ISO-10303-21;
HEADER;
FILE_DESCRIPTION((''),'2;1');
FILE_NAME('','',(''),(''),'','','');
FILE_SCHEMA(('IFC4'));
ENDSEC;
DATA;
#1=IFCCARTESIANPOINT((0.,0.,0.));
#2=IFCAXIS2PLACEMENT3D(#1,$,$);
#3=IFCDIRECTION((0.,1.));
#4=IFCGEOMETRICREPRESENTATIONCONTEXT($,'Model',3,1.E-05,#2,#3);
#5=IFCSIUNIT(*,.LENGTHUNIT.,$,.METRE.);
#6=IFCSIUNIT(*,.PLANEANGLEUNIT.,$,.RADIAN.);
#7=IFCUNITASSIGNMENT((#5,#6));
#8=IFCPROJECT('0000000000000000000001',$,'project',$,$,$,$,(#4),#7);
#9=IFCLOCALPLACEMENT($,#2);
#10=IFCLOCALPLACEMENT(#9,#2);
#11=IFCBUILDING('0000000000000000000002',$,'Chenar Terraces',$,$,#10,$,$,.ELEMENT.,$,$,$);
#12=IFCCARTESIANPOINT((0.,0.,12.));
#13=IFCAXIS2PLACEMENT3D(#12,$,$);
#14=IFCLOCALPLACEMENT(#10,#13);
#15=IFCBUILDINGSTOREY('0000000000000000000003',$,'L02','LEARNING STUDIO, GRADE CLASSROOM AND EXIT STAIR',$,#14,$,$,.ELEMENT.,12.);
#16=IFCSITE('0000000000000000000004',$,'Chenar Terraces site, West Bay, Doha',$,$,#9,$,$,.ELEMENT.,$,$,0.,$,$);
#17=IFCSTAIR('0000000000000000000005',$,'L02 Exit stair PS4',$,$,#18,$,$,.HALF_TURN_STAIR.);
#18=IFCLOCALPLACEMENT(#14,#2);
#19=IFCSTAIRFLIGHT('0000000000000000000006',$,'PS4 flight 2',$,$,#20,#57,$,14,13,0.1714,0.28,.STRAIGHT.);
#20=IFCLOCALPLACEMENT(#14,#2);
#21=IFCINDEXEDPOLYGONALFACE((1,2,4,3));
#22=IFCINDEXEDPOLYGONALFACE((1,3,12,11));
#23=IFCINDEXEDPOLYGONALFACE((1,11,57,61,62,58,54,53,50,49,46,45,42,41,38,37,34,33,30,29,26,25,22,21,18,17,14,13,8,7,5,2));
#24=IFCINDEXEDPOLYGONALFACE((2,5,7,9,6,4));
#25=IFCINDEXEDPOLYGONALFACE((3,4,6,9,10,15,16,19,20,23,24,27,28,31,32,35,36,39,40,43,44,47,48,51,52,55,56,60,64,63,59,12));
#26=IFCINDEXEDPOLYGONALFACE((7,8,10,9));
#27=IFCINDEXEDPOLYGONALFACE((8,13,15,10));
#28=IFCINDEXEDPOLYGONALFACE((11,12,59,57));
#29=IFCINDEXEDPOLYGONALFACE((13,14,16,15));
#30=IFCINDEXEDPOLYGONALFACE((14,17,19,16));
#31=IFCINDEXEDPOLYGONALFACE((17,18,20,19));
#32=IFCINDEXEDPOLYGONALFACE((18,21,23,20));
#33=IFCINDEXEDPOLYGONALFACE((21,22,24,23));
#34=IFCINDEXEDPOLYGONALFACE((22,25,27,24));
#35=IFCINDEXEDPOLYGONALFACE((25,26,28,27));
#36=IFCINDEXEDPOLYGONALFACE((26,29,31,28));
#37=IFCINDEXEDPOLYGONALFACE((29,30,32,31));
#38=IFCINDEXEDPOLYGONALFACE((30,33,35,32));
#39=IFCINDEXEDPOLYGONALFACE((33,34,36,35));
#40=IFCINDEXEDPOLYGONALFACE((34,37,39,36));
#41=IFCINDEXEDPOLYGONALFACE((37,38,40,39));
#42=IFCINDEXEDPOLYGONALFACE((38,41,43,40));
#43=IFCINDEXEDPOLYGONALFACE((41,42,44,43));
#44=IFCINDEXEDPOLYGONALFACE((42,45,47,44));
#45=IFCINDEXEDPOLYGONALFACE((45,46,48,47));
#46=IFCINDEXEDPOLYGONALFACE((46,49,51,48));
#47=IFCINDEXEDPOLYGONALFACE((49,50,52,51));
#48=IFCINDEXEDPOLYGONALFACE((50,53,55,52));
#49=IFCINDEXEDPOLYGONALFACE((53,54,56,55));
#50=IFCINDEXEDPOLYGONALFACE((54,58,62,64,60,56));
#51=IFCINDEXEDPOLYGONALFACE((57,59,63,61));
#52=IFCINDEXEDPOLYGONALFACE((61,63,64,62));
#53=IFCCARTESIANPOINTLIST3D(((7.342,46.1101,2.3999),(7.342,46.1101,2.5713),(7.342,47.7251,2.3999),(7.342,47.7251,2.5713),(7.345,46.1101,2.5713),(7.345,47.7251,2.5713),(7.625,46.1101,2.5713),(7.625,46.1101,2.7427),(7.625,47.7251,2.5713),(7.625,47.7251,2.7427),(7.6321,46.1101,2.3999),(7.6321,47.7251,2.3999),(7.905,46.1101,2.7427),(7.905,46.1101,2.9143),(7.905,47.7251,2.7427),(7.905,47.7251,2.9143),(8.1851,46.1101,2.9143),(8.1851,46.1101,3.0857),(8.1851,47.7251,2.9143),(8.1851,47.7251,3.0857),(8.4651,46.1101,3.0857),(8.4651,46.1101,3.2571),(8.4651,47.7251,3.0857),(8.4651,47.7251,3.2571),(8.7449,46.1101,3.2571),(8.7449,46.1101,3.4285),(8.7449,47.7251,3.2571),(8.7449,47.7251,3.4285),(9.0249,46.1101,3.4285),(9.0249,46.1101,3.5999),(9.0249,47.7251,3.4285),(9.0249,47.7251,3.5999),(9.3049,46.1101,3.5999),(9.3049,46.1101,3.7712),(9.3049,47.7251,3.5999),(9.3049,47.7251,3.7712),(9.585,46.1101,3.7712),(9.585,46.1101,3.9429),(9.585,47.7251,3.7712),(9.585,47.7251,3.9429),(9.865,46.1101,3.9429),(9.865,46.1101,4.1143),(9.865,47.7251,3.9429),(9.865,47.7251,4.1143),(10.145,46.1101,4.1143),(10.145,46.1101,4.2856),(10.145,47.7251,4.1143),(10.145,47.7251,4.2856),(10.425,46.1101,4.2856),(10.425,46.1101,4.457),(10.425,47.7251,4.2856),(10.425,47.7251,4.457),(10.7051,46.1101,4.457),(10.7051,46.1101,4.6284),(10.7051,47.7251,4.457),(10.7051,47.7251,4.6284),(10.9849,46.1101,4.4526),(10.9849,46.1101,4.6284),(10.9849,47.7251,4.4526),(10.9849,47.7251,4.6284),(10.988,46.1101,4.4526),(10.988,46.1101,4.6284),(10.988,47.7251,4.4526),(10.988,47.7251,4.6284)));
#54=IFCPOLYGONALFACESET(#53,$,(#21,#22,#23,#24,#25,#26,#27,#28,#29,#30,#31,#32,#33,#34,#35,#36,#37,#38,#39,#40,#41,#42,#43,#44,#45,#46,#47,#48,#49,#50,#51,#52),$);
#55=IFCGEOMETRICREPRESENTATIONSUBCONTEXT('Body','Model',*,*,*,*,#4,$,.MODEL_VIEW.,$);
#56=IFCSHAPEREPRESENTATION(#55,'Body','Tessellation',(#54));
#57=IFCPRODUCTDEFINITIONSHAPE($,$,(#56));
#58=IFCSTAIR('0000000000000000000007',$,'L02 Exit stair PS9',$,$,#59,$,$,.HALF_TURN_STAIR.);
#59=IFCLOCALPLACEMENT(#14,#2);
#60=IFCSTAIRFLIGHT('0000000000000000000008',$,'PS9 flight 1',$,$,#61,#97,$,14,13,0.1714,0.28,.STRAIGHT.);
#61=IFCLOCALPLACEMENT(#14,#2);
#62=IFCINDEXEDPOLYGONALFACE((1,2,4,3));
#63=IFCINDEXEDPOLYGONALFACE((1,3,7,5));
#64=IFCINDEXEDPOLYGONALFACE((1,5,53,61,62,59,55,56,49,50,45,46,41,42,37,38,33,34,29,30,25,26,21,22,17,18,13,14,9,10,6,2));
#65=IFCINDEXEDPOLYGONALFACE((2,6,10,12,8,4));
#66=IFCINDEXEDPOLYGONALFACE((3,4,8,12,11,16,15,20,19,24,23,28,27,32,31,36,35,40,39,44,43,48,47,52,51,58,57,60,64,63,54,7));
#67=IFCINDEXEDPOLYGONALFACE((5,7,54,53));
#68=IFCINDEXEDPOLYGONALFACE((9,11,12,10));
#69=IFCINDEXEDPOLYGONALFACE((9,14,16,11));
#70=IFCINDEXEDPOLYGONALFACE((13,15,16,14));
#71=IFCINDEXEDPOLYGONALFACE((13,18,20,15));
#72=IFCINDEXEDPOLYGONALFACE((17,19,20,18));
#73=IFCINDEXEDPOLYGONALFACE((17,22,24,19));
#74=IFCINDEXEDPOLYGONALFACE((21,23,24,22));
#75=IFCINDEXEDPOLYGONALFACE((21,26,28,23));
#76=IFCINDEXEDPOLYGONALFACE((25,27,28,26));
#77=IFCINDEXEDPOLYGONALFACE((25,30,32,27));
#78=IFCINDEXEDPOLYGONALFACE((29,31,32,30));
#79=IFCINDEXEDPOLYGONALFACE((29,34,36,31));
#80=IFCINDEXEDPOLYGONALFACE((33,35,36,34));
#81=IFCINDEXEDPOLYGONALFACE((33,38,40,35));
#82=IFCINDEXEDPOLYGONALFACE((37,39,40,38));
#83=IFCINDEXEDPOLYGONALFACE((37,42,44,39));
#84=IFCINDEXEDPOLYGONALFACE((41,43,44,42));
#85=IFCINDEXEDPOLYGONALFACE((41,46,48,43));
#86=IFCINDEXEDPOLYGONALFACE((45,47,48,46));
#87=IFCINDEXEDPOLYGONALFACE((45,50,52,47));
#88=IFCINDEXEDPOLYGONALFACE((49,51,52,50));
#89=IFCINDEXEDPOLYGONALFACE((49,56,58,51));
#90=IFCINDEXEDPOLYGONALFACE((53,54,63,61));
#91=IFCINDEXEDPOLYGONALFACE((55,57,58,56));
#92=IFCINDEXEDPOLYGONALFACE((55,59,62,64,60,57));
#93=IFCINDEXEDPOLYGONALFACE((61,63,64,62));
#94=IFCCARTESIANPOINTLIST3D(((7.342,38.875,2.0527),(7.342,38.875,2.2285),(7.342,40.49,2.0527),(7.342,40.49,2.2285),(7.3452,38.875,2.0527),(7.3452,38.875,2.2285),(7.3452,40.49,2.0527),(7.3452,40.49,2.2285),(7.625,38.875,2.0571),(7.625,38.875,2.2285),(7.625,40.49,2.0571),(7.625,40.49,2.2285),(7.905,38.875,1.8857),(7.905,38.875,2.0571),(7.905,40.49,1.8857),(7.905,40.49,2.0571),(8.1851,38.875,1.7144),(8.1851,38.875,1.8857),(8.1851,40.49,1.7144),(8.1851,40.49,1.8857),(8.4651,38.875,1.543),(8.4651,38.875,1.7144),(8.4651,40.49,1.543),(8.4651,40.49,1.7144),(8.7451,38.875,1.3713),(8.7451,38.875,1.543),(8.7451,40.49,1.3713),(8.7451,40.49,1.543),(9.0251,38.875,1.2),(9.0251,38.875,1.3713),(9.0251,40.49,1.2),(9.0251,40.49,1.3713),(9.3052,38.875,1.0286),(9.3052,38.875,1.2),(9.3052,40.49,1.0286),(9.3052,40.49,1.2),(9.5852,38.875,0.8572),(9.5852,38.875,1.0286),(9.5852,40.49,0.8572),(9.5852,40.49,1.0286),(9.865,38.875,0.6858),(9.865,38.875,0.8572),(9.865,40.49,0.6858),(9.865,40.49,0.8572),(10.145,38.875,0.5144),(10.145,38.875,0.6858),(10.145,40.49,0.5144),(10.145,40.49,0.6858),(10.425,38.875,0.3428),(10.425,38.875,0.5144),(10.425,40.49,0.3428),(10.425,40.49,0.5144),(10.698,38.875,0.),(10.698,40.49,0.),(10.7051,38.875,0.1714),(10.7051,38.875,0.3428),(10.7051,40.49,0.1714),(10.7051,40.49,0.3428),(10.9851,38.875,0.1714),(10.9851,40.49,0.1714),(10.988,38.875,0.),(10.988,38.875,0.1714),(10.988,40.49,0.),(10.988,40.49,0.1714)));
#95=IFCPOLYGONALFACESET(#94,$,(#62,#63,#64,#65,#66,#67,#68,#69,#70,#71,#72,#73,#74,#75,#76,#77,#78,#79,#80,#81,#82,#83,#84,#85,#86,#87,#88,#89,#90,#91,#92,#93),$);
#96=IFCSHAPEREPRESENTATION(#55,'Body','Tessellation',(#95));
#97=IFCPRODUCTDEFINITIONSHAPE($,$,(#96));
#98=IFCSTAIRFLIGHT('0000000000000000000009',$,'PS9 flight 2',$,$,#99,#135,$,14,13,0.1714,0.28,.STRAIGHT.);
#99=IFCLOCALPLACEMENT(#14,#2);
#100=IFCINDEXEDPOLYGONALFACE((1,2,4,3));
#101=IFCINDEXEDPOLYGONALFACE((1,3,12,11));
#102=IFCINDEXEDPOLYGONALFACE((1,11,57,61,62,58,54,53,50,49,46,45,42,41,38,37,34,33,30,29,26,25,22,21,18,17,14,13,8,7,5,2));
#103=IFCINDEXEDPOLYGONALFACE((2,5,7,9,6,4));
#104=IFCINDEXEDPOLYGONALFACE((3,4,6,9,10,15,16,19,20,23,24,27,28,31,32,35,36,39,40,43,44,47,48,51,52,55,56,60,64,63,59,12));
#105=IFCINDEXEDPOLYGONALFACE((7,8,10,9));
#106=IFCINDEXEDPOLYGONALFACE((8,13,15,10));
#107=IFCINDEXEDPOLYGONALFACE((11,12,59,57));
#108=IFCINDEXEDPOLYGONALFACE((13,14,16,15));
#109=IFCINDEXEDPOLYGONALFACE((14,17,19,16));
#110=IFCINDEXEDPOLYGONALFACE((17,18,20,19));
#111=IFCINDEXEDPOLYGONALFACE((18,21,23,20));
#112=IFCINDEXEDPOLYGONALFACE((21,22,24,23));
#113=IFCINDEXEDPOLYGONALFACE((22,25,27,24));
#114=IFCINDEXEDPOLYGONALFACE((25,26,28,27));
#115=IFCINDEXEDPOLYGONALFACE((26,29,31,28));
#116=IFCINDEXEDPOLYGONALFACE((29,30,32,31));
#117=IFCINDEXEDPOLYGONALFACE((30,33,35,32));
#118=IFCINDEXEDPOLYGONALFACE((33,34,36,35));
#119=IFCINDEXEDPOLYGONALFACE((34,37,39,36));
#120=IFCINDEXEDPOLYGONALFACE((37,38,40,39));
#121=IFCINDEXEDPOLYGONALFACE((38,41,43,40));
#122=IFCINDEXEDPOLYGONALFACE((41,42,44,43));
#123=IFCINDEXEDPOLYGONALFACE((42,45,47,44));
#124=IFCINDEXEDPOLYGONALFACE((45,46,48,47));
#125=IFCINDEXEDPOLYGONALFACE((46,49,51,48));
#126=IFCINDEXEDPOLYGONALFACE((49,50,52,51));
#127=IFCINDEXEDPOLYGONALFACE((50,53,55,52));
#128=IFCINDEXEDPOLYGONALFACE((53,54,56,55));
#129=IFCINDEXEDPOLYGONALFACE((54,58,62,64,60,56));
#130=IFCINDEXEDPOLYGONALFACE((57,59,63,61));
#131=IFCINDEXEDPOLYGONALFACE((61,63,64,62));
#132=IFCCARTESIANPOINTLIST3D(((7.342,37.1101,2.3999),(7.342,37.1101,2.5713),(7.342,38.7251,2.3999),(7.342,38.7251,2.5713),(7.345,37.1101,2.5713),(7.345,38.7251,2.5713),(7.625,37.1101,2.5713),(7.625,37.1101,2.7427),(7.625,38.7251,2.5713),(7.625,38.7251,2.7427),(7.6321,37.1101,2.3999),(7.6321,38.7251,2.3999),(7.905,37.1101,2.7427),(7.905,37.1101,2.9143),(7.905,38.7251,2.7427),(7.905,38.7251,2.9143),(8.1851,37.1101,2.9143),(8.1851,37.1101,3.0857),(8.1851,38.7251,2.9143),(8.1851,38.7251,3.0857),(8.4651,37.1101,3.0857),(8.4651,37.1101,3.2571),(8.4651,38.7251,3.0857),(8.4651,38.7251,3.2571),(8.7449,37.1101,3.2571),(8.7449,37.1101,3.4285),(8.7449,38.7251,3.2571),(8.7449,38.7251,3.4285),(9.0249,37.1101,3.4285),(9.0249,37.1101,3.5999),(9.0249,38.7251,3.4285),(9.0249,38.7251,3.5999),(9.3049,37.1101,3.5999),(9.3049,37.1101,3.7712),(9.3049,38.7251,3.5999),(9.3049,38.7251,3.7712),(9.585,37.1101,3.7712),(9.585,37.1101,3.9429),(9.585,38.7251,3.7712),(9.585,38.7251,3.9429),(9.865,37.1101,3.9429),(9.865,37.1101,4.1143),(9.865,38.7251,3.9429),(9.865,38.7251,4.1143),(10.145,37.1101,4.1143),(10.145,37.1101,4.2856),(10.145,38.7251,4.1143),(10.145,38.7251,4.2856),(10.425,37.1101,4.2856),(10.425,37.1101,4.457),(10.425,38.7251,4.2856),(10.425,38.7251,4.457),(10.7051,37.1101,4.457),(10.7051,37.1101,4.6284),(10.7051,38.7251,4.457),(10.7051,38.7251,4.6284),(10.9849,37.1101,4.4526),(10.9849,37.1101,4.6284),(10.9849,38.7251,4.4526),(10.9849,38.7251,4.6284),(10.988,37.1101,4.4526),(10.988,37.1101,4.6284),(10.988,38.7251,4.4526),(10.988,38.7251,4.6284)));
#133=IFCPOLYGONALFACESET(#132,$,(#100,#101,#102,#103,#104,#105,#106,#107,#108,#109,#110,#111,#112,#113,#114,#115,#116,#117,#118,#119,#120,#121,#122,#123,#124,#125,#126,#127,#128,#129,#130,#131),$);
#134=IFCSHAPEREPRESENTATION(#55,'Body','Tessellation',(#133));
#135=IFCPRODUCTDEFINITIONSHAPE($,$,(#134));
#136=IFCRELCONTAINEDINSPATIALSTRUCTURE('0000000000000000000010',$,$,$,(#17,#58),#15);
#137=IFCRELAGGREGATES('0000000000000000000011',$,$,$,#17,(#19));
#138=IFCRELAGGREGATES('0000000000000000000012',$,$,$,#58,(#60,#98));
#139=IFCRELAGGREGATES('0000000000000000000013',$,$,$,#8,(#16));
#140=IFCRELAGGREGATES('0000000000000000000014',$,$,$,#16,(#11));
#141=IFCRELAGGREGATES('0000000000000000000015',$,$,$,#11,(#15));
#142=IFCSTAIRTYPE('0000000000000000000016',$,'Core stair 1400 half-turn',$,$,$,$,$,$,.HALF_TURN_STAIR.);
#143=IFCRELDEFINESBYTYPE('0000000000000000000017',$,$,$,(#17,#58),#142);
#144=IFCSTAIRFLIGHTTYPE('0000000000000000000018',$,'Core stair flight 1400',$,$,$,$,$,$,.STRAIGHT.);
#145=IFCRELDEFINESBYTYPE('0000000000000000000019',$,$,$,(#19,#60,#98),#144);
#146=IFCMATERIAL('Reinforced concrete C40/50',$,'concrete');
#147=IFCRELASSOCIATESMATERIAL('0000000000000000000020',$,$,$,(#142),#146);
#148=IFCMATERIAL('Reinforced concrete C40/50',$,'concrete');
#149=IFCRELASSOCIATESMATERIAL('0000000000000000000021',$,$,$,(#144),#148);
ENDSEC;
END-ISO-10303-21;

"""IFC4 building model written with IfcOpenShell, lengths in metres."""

from ifc_helpers import new_model, si_unit, direction, frame, origin, place, context, subcontext, project, spatial, polyline, outline, extrude, material, type_object, element, aggregate, save


model = new_model("IFC4")

# Units and contexts
model_context = context("Model", 3, precision=1e-05, world=origin(), true_north=direction((0.0, 1.0)))
body_context = subcontext(model_context, "Body", "Model", "MODEL_VIEW")
ifc_project = project(units=[si_unit("LENGTHUNIT", "METRE"), si_unit("PLANEANGLEUNIT", "RADIAN")], contexts=[model_context])

# Site, building, storey
site_placement = place(None, origin())
site = spatial("IfcSite", under=ifc_project, at=site_placement, Name="Chenar Terraces site, West Bay, Doha", CompositionType="ELEMENT", RefElevation=0.0)
building_placement = place(site_placement, origin())
building = spatial("IfcBuilding", under=site, at=building_placement, Name="Chenar Terraces", CompositionType="ELEMENT")
storey_placement = place(building_placement, frame((0.0, 0.0, 12.0)))
storey = spatial("IfcBuildingStorey", under=building, at=storey_placement, Name="L02", Description="LEARNING STUDIO, GRADE CLASSROOM AND EXIT STAIR", CompositionType="ELEMENT", Elevation=12.0)

# Stairs, stair flights
ifc_material_1 = material(Name="Reinforced concrete C40/50", Category="concrete")
stair_type = type_object("IfcStairType", Name="Core stair 1400 half-turn", PredefinedType="HALF_TURN_STAIR", material=ifc_material_1)
placement = place(storey_placement, origin())
stair_1 = element("IfcStair", 1, at=placement, inside=storey, type_object=stair_type, Name="L02 Exit stair PS4", PredefinedType="HALF_TURN_STAIR")
ifc_material_2 = material(Name="Reinforced concrete C40/50", Category="concrete")
stair_flight_type = type_object("IfcStairFlightType", Name="Core stair flight 1400", PredefinedType="STRAIGHT", material=ifc_material_2)
stair_flight_1_placement = place(storey_placement, frame((7.345, 46.9175, 2.3999), z_axis=(0.0, 0.0, 1.0), x_axis=(1.0, 0.0, 0.0)))
stair_flight_1 = element("IfcStairFlight", 2, at=stair_flight_1_placement, type_object=stair_flight_type, Name="PS4 flight 2", NumberOfRisers=14, NumberOfTreads=13, PredefinedType="STRAIGHT", RiserHeight=0.1714, TreadLength=0.28, context=body_context, shape_type="SweptSolid", body=[
    extrude(outline(polyline([(-0.0029, 0.0), (-0.0029, 0.1714), (0.0, 0.1714), (0.28, 0.1714), (0.28, 0.3428), (0.5601, 0.3428), (0.5601, 0.5144), (0.8401, 0.5144), (0.8401, 0.6858), (1.1201, 0.6858), (1.1201, 0.8572), (1.3999, 0.8572), (1.3999, 1.0286), (1.6799, 1.0286), (1.6799, 1.2), (1.96, 1.2), (1.96, 1.3713), (2.24, 1.3713), (2.24, 1.543), (2.52, 1.543), (2.52, 1.7144), (2.8, 1.7144), (2.8, 1.8857), (3.0801, 1.8857), (3.0801, 2.0571), (3.3601, 2.0571), (3.3601, 2.2285), (3.6399, 2.2285), (3.6431, 2.2285), (3.6431, 2.0527), (3.6399, 2.0527), (0.2871, 0.0), (-0.0029, 0.0)])), frame((0.0, 0.8076, 0.0), z_axis=(0.0, -1.0, 0.0), x_axis=(1.0, 0.0, 0.0)), (0.0, 0.0, 1.0), 1.615),
])
aggregate(stair_1, [stair_flight_1])
stair_2 = element("IfcStair", 3, at=placement, inside=storey, type_object=stair_type, Name="L02 Exit stair PS9", PredefinedType="HALF_TURN_STAIR")
stair_flight_2_placement = place(storey_placement, frame((10.9851, 39.6826, 0.0), z_axis=(0.0, 0.0, 1.0), x_axis=(-1.0, 0.0, 0.0)))
stair_flight_2 = element("IfcStairFlight", 4, at=stair_flight_2_placement, type_object=stair_flight_type, Name="PS9 flight 1", NumberOfRisers=14, NumberOfTreads=13, PredefinedType="STRAIGHT", RiserHeight=0.1714, TreadLength=0.28, context=body_context, shape_type="SweptSolid", body=[
    extrude(outline(polyline([(-0.0029, 0.0), (-0.0029, 0.1714), (0.0, 0.1714), (0.28, 0.1714), (0.28, 0.3428), (0.5601, 0.3428), (0.5601, 0.5144), (0.8401, 0.5144), (0.8401, 0.6858), (1.1201, 0.6858), (1.1201, 0.8572), (1.3999, 0.8572), (1.3999, 1.0286), (1.6799, 1.0286), (1.6799, 1.2), (1.96, 1.2), (1.96, 1.3713), (2.24, 1.3713), (2.24, 1.543), (2.52, 1.543), (2.52, 1.7144), (2.8, 1.7144), (2.8, 1.8857), (3.0801, 1.8857), (3.0801, 2.0571), (3.3601, 2.0571), (3.3601, 2.2285), (3.6399, 2.2285), (3.6431, 2.2285), (3.6431, 2.0527), (3.6399, 2.0527), (0.2871, 0.0), (-0.0029, 0.0)])), frame((0.0, 0.8076, 0.0), z_axis=(0.0, -1.0, 0.0), x_axis=(1.0, 0.0, 0.0)), (0.0, 0.0, 1.0), 1.615),
])
stair_flight_3_placement = place(storey_placement, frame((7.345, 37.9175, 2.3999), z_axis=(0.0, 0.0, 1.0), x_axis=(1.0, 0.0, 0.0)))
stair_flight_3 = element("IfcStairFlight", 5, at=stair_flight_3_placement, type_object=stair_flight_type, Name="PS9 flight 2", NumberOfRisers=14, NumberOfTreads=13, PredefinedType="STRAIGHT", RiserHeight=0.1714, TreadLength=0.28, context=body_context, shape_type="SweptSolid", body=[
    extrude(outline(polyline([(-0.0029, 0.0), (-0.0029, 0.1714), (0.0, 0.1714), (0.28, 0.1714), (0.28, 0.3428), (0.5601, 0.3428), (0.5601, 0.5144), (0.8401, 0.5144), (0.8401, 0.6858), (1.1201, 0.6858), (1.1201, 0.8572), (1.3999, 0.8572), (1.3999, 1.0286), (1.6799, 1.0286), (1.6799, 1.2), (1.96, 1.2), (1.96, 1.3713), (2.24, 1.3713), (2.24, 1.543), (2.52, 1.543), (2.52, 1.7144), (2.8, 1.7144), (2.8, 1.8857), (3.0801, 1.8857), (3.0801, 2.0571), (3.3601, 2.0571), (3.3601, 2.2285), (3.6399, 2.2285), (3.6431, 2.2285), (3.6431, 2.0527), (3.6399, 2.0527), (0.2871, 0.0), (-0.0029, 0.0)])), frame((0.0, 0.8076, 0.0), z_axis=(0.0, -1.0, 0.0), x_axis=(1.0, 0.0, 0.0)), (0.0, 0.0, 1.0), 1.615),
])
aggregate(stair_2, [stair_flight_2, stair_flight_3])

save(model, "model.ifc")
